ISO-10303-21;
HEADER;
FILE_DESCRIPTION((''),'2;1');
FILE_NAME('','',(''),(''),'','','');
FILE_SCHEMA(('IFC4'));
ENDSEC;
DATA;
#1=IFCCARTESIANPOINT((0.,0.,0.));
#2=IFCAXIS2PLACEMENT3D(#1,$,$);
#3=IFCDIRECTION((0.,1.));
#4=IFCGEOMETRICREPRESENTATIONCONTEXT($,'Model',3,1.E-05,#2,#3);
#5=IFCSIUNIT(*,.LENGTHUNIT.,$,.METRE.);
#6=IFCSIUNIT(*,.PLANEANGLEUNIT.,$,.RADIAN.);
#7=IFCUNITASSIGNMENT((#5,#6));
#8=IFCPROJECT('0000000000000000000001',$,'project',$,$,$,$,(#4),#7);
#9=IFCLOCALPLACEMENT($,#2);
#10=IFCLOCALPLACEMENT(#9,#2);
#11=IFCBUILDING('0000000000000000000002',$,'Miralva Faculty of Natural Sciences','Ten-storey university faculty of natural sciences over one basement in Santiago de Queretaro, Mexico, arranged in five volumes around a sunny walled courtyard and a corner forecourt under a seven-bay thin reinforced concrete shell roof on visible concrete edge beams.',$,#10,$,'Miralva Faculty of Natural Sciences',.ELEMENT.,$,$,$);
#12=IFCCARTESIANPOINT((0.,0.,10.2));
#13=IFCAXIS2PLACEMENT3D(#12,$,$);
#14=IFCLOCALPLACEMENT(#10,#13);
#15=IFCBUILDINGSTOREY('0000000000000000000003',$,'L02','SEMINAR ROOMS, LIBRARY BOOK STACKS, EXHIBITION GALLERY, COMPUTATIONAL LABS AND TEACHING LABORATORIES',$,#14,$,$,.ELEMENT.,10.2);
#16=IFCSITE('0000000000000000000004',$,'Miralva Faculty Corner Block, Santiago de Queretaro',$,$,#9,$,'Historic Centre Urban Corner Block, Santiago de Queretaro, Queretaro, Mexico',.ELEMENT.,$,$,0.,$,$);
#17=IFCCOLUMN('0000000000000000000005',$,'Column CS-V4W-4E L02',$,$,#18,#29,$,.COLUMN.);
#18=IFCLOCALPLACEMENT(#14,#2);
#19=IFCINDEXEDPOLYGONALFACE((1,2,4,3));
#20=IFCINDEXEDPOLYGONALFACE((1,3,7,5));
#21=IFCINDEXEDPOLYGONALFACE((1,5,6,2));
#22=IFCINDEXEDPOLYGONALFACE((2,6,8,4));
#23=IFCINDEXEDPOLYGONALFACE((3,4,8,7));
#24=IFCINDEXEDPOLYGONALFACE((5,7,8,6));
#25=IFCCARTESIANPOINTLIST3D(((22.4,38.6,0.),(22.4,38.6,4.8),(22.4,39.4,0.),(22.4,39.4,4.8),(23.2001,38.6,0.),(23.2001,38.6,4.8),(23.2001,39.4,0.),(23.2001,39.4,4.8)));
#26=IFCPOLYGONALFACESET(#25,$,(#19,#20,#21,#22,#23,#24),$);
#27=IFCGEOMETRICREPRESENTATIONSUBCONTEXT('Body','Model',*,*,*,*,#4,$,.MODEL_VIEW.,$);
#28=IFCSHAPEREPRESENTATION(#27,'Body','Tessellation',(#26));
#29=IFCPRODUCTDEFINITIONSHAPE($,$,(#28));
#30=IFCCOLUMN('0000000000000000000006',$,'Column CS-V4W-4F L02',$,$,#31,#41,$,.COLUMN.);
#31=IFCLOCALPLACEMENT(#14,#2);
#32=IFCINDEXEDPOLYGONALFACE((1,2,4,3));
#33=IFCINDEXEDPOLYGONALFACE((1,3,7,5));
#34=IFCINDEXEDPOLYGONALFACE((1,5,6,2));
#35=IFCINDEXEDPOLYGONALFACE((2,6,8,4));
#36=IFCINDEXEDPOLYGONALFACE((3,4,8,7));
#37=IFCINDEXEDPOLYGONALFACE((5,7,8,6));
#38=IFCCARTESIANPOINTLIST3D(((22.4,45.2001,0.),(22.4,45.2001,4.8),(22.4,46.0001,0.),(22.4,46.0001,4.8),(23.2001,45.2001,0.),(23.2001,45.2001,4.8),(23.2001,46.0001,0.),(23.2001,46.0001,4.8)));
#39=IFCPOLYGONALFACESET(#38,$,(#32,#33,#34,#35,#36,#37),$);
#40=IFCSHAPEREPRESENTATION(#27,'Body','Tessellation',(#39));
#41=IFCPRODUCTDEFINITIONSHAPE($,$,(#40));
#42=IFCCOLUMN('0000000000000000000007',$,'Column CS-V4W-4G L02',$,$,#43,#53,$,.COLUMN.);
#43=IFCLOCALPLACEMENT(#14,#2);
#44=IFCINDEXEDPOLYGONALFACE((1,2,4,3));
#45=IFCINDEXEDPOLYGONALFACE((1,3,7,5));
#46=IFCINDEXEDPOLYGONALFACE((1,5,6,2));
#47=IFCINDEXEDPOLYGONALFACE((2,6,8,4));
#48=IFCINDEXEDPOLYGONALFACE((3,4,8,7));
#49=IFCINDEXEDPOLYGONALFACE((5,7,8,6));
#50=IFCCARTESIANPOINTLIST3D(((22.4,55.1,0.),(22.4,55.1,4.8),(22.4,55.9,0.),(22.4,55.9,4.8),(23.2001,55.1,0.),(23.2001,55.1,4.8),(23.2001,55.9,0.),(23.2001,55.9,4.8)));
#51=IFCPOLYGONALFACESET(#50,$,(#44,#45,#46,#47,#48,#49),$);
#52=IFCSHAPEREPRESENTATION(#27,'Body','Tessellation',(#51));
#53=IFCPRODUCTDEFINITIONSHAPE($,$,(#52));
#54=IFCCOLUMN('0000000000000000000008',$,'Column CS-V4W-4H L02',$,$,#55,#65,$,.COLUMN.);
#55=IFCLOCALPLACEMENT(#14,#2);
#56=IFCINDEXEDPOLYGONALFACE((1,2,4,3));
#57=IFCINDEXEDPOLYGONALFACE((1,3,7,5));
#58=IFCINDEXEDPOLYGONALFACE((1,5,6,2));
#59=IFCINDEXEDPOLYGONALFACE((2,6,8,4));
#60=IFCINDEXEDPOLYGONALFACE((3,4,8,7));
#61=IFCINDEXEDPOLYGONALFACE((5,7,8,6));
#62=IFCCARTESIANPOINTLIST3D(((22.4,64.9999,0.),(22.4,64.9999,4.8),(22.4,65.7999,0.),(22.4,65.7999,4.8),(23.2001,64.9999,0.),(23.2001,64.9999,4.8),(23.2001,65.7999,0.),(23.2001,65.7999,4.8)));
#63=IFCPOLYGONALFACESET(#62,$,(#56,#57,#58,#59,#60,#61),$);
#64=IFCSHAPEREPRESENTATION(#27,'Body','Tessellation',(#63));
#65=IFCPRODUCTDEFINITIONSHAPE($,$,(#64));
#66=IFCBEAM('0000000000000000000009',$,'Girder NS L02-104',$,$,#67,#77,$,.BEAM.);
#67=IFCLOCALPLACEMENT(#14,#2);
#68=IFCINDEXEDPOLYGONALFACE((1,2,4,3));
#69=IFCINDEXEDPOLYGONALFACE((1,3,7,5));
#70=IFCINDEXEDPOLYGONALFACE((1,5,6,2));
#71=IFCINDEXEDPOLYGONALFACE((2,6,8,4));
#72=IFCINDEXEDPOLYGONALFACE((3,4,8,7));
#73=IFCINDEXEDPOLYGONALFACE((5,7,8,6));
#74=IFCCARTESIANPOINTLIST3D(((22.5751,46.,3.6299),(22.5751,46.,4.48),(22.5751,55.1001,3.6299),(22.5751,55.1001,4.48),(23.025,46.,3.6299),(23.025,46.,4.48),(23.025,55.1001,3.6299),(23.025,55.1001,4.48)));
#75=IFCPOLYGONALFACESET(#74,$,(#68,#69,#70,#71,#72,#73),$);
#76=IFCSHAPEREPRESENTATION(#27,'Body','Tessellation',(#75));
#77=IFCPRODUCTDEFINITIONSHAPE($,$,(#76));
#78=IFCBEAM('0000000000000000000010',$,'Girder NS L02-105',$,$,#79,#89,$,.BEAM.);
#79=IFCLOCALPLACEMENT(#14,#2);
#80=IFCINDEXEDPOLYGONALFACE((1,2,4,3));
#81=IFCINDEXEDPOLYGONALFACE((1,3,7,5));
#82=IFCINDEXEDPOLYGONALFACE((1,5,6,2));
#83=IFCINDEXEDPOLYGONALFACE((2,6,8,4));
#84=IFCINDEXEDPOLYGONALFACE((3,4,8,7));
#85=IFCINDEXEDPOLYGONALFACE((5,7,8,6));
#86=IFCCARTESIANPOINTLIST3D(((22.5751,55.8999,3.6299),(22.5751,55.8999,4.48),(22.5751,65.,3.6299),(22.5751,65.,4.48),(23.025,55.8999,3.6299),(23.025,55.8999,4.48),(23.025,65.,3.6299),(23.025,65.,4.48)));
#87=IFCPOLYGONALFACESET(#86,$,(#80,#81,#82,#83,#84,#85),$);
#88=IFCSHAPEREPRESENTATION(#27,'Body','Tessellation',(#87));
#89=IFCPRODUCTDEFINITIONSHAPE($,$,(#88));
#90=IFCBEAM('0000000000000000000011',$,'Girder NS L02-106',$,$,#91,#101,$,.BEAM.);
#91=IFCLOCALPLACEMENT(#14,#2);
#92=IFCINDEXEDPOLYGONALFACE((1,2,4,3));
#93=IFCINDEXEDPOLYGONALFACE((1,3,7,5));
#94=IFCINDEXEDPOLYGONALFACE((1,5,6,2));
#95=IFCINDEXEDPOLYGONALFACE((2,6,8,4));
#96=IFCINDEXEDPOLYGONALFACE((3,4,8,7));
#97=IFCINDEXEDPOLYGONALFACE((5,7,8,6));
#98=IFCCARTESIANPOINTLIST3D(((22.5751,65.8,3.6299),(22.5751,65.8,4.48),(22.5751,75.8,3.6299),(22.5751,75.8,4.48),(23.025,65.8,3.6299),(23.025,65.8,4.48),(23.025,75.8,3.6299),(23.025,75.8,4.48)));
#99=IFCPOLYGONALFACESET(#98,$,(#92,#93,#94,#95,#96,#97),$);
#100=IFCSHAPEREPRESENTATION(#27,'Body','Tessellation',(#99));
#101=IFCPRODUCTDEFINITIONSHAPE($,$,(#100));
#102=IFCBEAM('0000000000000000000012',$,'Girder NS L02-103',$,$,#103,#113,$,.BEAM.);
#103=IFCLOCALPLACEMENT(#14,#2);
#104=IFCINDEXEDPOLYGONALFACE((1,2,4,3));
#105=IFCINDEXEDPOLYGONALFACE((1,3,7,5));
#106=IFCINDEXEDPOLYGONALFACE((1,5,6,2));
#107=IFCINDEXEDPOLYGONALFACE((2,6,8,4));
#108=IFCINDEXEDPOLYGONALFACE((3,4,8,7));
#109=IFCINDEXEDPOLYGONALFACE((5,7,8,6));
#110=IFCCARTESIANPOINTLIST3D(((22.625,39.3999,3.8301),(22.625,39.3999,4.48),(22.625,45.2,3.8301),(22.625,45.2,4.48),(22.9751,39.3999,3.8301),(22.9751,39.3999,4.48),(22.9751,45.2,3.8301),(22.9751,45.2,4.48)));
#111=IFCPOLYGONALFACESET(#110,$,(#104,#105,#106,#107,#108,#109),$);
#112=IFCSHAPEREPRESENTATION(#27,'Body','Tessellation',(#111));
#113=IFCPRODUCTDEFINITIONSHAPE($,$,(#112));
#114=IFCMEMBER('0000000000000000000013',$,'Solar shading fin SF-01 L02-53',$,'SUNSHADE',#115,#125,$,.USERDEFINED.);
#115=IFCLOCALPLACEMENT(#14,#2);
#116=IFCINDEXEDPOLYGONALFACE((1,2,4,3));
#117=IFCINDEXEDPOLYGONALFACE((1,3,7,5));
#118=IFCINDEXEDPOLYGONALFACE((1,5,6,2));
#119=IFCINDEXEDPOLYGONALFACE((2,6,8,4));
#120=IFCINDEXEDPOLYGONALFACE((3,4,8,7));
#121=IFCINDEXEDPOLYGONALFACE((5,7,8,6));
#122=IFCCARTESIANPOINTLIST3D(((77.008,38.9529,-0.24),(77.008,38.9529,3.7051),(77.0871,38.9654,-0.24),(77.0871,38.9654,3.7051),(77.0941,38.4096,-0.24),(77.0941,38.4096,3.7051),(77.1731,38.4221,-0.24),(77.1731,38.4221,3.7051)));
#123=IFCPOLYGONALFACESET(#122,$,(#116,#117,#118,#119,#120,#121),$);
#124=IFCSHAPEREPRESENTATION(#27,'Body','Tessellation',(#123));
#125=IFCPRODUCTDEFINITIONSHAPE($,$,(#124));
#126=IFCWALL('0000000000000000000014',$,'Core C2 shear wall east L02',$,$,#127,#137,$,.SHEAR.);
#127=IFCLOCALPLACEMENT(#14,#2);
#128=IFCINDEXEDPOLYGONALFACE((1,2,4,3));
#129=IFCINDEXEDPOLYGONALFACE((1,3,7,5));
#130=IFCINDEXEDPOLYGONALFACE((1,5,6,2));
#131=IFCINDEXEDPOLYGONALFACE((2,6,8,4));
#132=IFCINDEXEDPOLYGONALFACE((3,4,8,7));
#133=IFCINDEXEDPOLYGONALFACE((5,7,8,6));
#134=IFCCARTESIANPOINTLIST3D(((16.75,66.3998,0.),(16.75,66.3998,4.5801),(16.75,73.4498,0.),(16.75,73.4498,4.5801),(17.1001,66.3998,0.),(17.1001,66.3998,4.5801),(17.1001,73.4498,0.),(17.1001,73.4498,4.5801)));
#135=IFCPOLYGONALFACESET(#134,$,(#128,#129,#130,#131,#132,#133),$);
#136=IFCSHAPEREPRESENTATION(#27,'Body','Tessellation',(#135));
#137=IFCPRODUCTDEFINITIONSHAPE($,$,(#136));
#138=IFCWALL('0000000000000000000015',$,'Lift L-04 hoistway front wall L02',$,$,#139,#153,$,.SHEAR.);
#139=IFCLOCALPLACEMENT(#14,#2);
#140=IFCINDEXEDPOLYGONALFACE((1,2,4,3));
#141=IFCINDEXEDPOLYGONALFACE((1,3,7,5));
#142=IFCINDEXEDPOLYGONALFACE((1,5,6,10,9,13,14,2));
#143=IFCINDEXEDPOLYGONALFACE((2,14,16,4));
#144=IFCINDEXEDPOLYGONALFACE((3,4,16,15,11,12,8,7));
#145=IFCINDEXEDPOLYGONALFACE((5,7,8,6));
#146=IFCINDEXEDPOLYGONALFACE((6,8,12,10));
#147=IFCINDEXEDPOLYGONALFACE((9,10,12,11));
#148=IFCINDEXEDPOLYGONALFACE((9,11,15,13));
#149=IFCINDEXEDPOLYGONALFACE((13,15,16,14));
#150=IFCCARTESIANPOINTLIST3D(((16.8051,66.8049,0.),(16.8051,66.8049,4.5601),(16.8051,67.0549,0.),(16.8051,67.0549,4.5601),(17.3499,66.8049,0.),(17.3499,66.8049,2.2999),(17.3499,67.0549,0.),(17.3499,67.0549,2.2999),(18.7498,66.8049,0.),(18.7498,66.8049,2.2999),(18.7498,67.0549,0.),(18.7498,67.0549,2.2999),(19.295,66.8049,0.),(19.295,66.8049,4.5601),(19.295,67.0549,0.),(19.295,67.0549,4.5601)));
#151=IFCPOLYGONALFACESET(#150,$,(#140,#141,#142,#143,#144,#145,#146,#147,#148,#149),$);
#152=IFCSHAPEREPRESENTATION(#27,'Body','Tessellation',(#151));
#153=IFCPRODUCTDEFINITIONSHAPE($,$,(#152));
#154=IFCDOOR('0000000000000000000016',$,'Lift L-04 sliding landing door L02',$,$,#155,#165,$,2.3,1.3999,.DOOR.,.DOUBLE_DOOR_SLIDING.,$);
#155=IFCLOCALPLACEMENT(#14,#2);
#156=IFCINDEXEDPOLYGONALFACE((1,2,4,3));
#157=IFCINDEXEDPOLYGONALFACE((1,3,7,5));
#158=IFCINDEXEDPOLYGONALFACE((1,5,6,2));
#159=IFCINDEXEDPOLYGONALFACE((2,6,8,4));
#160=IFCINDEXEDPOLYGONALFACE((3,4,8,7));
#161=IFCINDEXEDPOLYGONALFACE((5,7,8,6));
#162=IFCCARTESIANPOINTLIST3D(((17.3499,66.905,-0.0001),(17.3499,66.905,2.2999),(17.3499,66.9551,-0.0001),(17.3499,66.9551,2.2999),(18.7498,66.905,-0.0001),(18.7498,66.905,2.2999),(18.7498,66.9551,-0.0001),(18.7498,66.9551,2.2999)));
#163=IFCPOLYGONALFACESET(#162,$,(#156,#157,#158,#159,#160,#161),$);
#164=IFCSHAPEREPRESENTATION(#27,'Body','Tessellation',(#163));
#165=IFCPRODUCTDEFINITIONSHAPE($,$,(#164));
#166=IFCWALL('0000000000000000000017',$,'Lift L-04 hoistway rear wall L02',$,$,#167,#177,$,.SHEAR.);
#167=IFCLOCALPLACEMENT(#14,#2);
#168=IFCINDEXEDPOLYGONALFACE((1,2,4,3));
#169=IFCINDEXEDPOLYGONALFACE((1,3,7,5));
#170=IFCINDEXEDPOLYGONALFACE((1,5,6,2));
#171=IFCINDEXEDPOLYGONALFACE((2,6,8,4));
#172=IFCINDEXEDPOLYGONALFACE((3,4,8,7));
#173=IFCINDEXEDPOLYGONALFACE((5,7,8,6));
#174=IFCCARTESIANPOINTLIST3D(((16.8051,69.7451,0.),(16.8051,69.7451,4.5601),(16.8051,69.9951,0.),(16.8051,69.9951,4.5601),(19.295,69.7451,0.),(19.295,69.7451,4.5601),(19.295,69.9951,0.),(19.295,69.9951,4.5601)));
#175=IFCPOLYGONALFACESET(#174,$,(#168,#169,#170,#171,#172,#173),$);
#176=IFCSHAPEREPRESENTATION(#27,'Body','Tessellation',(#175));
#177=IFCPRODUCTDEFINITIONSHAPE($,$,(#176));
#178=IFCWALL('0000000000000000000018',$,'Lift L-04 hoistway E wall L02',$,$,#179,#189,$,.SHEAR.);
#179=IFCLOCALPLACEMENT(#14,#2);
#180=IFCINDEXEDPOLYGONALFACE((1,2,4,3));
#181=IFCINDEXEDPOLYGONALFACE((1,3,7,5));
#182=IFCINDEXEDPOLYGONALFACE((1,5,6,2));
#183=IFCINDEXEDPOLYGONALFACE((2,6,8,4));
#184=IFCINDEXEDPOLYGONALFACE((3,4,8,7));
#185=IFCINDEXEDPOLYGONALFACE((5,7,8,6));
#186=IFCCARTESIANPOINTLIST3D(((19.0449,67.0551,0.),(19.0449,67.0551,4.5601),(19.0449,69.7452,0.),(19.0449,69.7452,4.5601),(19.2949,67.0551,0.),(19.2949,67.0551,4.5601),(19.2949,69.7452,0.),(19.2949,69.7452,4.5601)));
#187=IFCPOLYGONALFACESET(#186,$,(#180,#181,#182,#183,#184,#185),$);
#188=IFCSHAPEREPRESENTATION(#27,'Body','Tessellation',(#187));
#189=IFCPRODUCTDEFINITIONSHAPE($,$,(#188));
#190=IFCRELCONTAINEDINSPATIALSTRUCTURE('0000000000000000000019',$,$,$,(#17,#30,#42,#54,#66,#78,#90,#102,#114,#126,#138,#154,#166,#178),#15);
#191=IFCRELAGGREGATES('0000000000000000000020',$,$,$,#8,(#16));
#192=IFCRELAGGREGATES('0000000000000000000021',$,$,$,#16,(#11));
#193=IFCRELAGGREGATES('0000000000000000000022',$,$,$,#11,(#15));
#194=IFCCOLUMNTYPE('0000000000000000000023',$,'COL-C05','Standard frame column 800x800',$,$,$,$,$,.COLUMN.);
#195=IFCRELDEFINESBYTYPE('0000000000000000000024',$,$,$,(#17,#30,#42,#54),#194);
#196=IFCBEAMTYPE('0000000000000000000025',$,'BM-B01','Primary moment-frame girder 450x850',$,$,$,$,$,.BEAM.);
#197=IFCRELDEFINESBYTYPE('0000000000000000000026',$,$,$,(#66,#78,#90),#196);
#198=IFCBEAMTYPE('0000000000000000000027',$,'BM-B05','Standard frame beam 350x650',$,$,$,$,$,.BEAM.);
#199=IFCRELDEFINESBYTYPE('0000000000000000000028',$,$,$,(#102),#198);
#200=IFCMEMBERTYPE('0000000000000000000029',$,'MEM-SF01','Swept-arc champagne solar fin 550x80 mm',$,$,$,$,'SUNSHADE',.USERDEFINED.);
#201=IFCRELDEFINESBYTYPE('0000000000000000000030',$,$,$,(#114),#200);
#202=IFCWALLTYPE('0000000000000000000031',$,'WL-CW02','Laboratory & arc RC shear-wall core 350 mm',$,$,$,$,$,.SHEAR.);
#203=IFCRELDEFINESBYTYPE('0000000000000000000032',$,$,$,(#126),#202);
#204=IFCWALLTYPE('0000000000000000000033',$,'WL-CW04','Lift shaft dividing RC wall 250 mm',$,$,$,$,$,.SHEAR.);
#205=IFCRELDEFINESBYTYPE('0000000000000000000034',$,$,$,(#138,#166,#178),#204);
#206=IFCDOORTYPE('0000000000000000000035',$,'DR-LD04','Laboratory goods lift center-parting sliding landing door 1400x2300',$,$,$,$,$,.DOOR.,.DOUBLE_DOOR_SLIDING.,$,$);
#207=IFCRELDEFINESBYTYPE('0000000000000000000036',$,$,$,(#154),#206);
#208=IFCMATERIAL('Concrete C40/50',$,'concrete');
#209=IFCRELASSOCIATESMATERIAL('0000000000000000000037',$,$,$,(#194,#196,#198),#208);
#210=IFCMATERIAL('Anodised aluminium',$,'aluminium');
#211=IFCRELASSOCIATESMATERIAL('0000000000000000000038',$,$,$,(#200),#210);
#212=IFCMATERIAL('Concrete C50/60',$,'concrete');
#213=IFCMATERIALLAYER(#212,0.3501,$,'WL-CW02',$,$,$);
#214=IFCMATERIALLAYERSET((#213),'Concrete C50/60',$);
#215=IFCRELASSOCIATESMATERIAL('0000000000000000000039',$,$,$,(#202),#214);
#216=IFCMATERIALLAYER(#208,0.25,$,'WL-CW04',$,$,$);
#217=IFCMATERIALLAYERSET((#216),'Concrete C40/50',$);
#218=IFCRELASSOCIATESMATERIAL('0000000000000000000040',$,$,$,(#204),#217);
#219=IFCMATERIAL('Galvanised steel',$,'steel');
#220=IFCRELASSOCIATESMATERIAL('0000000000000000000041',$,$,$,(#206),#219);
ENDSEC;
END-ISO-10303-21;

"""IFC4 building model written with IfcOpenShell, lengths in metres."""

from ifc_helpers import new_model, si_unit, direction, frame, frame_2d, origin, origin_2d, place, context, subcontext, project, spatial, rectangle, extrude, material, layer, layer_set, material_profile, profile_set, type_object, element, fill, save


model = new_model("IFC4")

# Units and contexts
model_context = context("Model", 3, precision=1e-05, world=origin(), true_north=direction((0.0, 1.0)))
body_context = subcontext(model_context, "Body", "Model", "MODEL_VIEW")
ifc_project = project(units=[si_unit("LENGTHUNIT", "METRE"), si_unit("PLANEANGLEUNIT", "RADIAN")], contexts=[model_context])

# Site, building, storey
site_placement = place(None, origin())
site = spatial("IfcSite", under=ifc_project, at=site_placement, Name="Miralva Faculty Corner Block, Santiago de Queretaro", LongName="Historic Centre Urban Corner Block, Santiago de Queretaro, Queretaro, Mexico", CompositionType="ELEMENT", RefElevation=0.0)
building_placement = place(site_placement, origin())
building = spatial("IfcBuilding", under=site, at=building_placement, Name="Miralva Faculty of Natural Sciences", Description="Ten-storey university faculty of natural sciences over one basement in Santiago de Queretaro, Mexico, arranged in five volumes around a sunny walled courtyard and a corner forecourt under a seven-bay thin reinforced concrete shell roof on visible concrete edge beams.", LongName="Miralva Faculty of Natural Sciences", CompositionType="ELEMENT")
storey_placement = place(building_placement, frame((0.0, 0.0, 10.2)))
storey = spatial("IfcBuildingStorey", under=building, at=storey_placement, Name="L02", Description="SEMINAR ROOMS, LIBRARY BOOK STACKS, EXHIBITION GALLERY, COMPUTATIONAL LABS AND TEACHING LABORATORIES", CompositionType="ELEMENT", Elevation=10.2)

# Columns
ifc_material_1 = material(Name="Concrete C40/50", Category="concrete")
ifc_material_profile_1 = material_profile(ifc_material_1, rectangle(XDim=0.8, YDim=0.8, at=origin_2d()), Name="RC 800x800")
ifc_profile_set_1 = profile_set([ifc_material_profile_1], Name="Concrete C40/50")
column_type = type_object("IfcColumnType", Name="COL-C05", Description="Standard frame column 800x800", PredefinedType="COLUMN", material=ifc_profile_set_1)
for number, where, z_axis, x_axis, name in (
    (1, (22.8, 39.0, 0.0), (0.0, 0.0, 1.0), (1.0, 0.0, 0.0), "Column CS-V4W-4E L02"),
    (2, (22.8, 45.6001, 0.0), (0.0, 0.0, 1.0), (1.0, 0.0, 0.0), "Column CS-V4W-4F L02"),
    (3, (22.8, 55.5, 0.0), (0.0, 0.0, 1.0), (1.0, 0.0, 0.0), "Column CS-V4W-4G L02"),
    (4, (22.8, 65.3999, 0.0), (0.0, 0.0, 1.0), (1.0, 0.0, 0.0), "Column CS-V4W-4H L02"),
):
    element("IfcColumn", number, at=place(storey_placement, frame(where, z_axis=z_axis, x_axis=x_axis)), inside=storey, type_object=column_type, Name=name, PredefinedType="COLUMN", context=body_context, shape_type="SweptSolid", body=[
        extrude(rectangle(XDim=0.8, YDim=0.8, at=origin_2d()), origin(), (0.0, 0.0, 1.0), 4.8),
    ])

# Beams
ifc_material_profile_2 = material_profile(ifc_material_1, rectangle(XDim=0.45, YDim=0.8501, at=origin_2d()), Name="RC 450x850")
ifc_profile_set_2 = profile_set([ifc_material_profile_2], Name="Concrete C40/50")
beam_type_1 = type_object("IfcBeamType", Name="BM-B01", Description="Primary moment-frame girder 450x850", PredefinedType="BEAM", material=ifc_profile_set_2)
for number, where, z_axis, x_axis, name in (
    (5, (22.8, 46.0, 4.0549), (0.0, 1.0, 0.0), (-1.0, 0.0, 0.0), "Girder NS L02-104"),
    (6, (22.8, 55.8999, 4.0549), (0.0, 1.0, 0.0), (-1.0, 0.0, 0.0), "Girder NS L02-105"),
):
    element("IfcBeam", number, at=place(storey_placement, frame(where, z_axis=z_axis, x_axis=x_axis)), inside=storey, type_object=beam_type_1, Name=name, PredefinedType="BEAM", context=body_context, shape_type="SweptSolid", body=[
        extrude(rectangle(XDim=0.45, YDim=0.8501, at=origin_2d()), origin(), (0.0, 0.0, 1.0), 9.1001),
    ])
beam_1_placement = place(storey_placement, frame((22.8, 65.8, 4.0549), z_axis=(0.0, 1.0, 0.0), x_axis=(-1.0, 0.0, 0.0)))
element("IfcBeam", 7, at=beam_1_placement, inside=storey, type_object=beam_type_1, Name="Girder NS L02-106", PredefinedType="BEAM", context=body_context, shape_type="SweptSolid", body=[
    extrude(rectangle(XDim=0.45, YDim=0.8501, at=origin_2d()), origin(), (0.0, 0.0, 1.0), 10.0),
])
ifc_material_profile_3 = material_profile(ifc_material_1, rectangle(XDim=0.3501, YDim=0.6499, at=origin_2d()), Name="RC 350x650")
ifc_profile_set_3 = profile_set([ifc_material_profile_3], Name="Concrete C40/50")
beam_type_2 = type_object("IfcBeamType", Name="BM-B05", Description="Standard frame beam 350x650", PredefinedType="BEAM", material=ifc_profile_set_3)
beam_2_placement = place(storey_placement, frame((22.8, 39.3999, 4.155), z_axis=(0.0, 1.0, 0.0), x_axis=(-1.0, 0.0, 0.0)))
element("IfcBeam", 8, at=beam_2_placement, inside=storey, type_object=beam_type_2, Name="Girder NS L02-103", PredefinedType="BEAM", context=body_context, shape_type="SweptSolid", body=[
    extrude(rectangle(XDim=0.3501, YDim=0.6499, at=origin_2d()), origin(), (0.0, 0.0, 1.0), 5.8),
])

# Member
ifc_material_2 = material(Name="Anodised aluminium", Category="aluminium")
ifc_material_profile_4 = material_profile(ifc_material_2, rectangle(XDim=0.0801, YDim=0.55, at=origin_2d()), Name="FIN 550x80")
ifc_profile_set_4 = profile_set([ifc_material_profile_4], Name="Anodised aluminium")
member_type = type_object("IfcMemberType", Name="MEM-SF01", Description="Swept-arc champagne solar fin 550x80 mm", ElementType="SUNSHADE", PredefinedType="USERDEFINED", material=ifc_profile_set_4)
member_placement = place(storey_placement, frame((77.0906, 38.6875, -0.24), z_axis=(0.0, 0.0, 1.0), x_axis=(-0.987688, -0.156434, 0.0)))
element("IfcMember", 9, at=member_placement, inside=storey, type_object=member_type, Name="Solar shading fin SF-01 L02-53", ObjectType="SUNSHADE", PredefinedType="USERDEFINED", context=body_context, shape_type="SweptSolid", body=[
    extrude(rectangle(XDim=0.0801, YDim=0.55, at=origin_2d()), origin(), (0.0, 0.0, 1.0), 3.9451),
])

# Wall
ifc_material_3 = material(Name="Concrete C50/60", Category="concrete")
ifc_layer_1 = layer(ifc_material_3, 0.3501, Name="WL-CW02")
ifc_layer_set_1 = layer_set([ifc_layer_1], Name="Concrete C50/60")
wall_type_1 = type_object("IfcWallType", Name="WL-CW02", Description="Laboratory & arc RC shear-wall core 350 mm", PredefinedType="SHEAR", material=ifc_layer_set_1)
wall_1_placement = place(storey_placement, frame((16.925, 66.3999, 0.0), z_axis=(0.0, 0.0, 1.0), x_axis=(0.0, 1.0, 0.0)))
element("IfcWall", 10, at=wall_1_placement, inside=storey, type_object=wall_type_1, Name="Core C2 shear wall east L02", PredefinedType="SHEAR", context=body_context, shape_type="SweptSolid", body=[
    extrude(rectangle(XDim=7.05, YDim=0.3501, at=frame_2d((3.5249, 0.0))), origin(), (0.0, 0.0, 1.0), 4.5801),
])

# Wall, opening, door
ifc_layer_2 = layer(ifc_material_1, 0.25, Name="WL-CW04")
ifc_layer_set_2 = layer_set([ifc_layer_2], Name="Concrete C40/50")
wall_type_2 = type_object("IfcWallType", Name="WL-CW04", Description="Lift shaft dividing RC wall 250 mm", PredefinedType="SHEAR", material=ifc_layer_set_2)
wall_2_placement = place(storey_placement, frame((16.8049, 66.9299, 0.0), z_axis=(0.0, 0.0, 1.0), x_axis=(1.0, 0.0, 0.0)))
wall_2 = element("IfcWall", 11, at=wall_2_placement, inside=storey, type_object=wall_type_2, Name="Lift L-04 hoistway front wall L02", PredefinedType="SHEAR", context=body_context, shape_type="SweptSolid", body=[
    extrude(rectangle(XDim=2.49, YDim=0.25, at=frame_2d((1.2451, 0.0))), origin(), (0.0, 0.0, 1.0), 4.5601),
])
opening_1_placement = place(wall_2_placement, frame((0.5449, 0.0, 0.0)))
opening_1 = element("IfcOpeningElement", 12, at=opening_1_placement, cuts=wall_2, PredefinedType="OPENING", context=body_context, shape_type="SweptSolid", body=[
    extrude(rectangle(XDim=1.3999, YDim=2.3, at=frame_2d((0.7, 1.1499))), frame((0.0, 0.135, 0.0), z_axis=(0.0, -1.0, 0.0), x_axis=(1.0, 0.0, 0.0)), (0.0, 0.0, 1.0), 0.27),
])
ifc_material_4 = material(Name="Galvanised steel", Category="steel")
door_type = type_object("IfcDoorType", Name="DR-LD04", Description="Laboratory goods lift center-parting sliding landing door 1400x2300", OperationType="DOUBLE_DOOR_SLIDING", PredefinedType="DOOR", material=ifc_material_4)
door_placement = place(opening_1_placement, frame((1.3999, 0.0, 0.0), z_axis=(0.0, 0.0, 1.0), x_axis=(-1.0, 0.0, 0.0)))
door = element("IfcDoor", 13, at=door_placement, inside=storey, type_object=door_type, Name="Lift L-04 sliding landing door L02", OperationType="DOUBLE_DOOR_SLIDING", OverallHeight=2.3, OverallWidth=1.3999, PredefinedType="DOOR", context=body_context, shape_type="SweptSolid", body=[
    extrude(rectangle(XDim=1.3999, YDim=2.3, at=frame_2d((0.7, 1.1499))), frame((0.0, 0.0249, 0.0), z_axis=(0.0, -1.0, 0.0), x_axis=(1.0, 0.0, 0.0)), (0.0, 0.0, 1.0), 0.05),
])
fill(opening_1, door)

# Walls
wall_3_placement = place(storey_placement, frame((16.8049, 69.8701, 0.0), z_axis=(0.0, 0.0, 1.0), x_axis=(1.0, 0.0, 0.0)))
element("IfcWall", 14, at=wall_3_placement, inside=storey, type_object=wall_type_2, Name="Lift L-04 hoistway rear wall L02", PredefinedType="SHEAR", context=body_context, shape_type="SweptSolid", body=[
    extrude(rectangle(XDim=2.49, YDim=0.25, at=frame_2d((1.2451, 0.0))), origin(), (0.0, 0.0, 1.0), 4.5601),
])
wall_4_placement = place(storey_placement, frame((19.1699, 67.0549, 0.0), z_axis=(0.0, 0.0, 1.0), x_axis=(0.0, 1.0, 0.0)))
element("IfcWall", 15, at=wall_4_placement, inside=storey, type_object=wall_type_2, Name="Lift L-04 hoistway E wall L02", PredefinedType="SHEAR", context=body_context, shape_type="SweptSolid", body=[
    extrude(rectangle(XDim=2.6902, YDim=0.25, at=frame_2d((1.3452, 0.0))), origin(), (0.0, 0.0, 1.0), 4.5601),
])

save(model, "model.ifc")
